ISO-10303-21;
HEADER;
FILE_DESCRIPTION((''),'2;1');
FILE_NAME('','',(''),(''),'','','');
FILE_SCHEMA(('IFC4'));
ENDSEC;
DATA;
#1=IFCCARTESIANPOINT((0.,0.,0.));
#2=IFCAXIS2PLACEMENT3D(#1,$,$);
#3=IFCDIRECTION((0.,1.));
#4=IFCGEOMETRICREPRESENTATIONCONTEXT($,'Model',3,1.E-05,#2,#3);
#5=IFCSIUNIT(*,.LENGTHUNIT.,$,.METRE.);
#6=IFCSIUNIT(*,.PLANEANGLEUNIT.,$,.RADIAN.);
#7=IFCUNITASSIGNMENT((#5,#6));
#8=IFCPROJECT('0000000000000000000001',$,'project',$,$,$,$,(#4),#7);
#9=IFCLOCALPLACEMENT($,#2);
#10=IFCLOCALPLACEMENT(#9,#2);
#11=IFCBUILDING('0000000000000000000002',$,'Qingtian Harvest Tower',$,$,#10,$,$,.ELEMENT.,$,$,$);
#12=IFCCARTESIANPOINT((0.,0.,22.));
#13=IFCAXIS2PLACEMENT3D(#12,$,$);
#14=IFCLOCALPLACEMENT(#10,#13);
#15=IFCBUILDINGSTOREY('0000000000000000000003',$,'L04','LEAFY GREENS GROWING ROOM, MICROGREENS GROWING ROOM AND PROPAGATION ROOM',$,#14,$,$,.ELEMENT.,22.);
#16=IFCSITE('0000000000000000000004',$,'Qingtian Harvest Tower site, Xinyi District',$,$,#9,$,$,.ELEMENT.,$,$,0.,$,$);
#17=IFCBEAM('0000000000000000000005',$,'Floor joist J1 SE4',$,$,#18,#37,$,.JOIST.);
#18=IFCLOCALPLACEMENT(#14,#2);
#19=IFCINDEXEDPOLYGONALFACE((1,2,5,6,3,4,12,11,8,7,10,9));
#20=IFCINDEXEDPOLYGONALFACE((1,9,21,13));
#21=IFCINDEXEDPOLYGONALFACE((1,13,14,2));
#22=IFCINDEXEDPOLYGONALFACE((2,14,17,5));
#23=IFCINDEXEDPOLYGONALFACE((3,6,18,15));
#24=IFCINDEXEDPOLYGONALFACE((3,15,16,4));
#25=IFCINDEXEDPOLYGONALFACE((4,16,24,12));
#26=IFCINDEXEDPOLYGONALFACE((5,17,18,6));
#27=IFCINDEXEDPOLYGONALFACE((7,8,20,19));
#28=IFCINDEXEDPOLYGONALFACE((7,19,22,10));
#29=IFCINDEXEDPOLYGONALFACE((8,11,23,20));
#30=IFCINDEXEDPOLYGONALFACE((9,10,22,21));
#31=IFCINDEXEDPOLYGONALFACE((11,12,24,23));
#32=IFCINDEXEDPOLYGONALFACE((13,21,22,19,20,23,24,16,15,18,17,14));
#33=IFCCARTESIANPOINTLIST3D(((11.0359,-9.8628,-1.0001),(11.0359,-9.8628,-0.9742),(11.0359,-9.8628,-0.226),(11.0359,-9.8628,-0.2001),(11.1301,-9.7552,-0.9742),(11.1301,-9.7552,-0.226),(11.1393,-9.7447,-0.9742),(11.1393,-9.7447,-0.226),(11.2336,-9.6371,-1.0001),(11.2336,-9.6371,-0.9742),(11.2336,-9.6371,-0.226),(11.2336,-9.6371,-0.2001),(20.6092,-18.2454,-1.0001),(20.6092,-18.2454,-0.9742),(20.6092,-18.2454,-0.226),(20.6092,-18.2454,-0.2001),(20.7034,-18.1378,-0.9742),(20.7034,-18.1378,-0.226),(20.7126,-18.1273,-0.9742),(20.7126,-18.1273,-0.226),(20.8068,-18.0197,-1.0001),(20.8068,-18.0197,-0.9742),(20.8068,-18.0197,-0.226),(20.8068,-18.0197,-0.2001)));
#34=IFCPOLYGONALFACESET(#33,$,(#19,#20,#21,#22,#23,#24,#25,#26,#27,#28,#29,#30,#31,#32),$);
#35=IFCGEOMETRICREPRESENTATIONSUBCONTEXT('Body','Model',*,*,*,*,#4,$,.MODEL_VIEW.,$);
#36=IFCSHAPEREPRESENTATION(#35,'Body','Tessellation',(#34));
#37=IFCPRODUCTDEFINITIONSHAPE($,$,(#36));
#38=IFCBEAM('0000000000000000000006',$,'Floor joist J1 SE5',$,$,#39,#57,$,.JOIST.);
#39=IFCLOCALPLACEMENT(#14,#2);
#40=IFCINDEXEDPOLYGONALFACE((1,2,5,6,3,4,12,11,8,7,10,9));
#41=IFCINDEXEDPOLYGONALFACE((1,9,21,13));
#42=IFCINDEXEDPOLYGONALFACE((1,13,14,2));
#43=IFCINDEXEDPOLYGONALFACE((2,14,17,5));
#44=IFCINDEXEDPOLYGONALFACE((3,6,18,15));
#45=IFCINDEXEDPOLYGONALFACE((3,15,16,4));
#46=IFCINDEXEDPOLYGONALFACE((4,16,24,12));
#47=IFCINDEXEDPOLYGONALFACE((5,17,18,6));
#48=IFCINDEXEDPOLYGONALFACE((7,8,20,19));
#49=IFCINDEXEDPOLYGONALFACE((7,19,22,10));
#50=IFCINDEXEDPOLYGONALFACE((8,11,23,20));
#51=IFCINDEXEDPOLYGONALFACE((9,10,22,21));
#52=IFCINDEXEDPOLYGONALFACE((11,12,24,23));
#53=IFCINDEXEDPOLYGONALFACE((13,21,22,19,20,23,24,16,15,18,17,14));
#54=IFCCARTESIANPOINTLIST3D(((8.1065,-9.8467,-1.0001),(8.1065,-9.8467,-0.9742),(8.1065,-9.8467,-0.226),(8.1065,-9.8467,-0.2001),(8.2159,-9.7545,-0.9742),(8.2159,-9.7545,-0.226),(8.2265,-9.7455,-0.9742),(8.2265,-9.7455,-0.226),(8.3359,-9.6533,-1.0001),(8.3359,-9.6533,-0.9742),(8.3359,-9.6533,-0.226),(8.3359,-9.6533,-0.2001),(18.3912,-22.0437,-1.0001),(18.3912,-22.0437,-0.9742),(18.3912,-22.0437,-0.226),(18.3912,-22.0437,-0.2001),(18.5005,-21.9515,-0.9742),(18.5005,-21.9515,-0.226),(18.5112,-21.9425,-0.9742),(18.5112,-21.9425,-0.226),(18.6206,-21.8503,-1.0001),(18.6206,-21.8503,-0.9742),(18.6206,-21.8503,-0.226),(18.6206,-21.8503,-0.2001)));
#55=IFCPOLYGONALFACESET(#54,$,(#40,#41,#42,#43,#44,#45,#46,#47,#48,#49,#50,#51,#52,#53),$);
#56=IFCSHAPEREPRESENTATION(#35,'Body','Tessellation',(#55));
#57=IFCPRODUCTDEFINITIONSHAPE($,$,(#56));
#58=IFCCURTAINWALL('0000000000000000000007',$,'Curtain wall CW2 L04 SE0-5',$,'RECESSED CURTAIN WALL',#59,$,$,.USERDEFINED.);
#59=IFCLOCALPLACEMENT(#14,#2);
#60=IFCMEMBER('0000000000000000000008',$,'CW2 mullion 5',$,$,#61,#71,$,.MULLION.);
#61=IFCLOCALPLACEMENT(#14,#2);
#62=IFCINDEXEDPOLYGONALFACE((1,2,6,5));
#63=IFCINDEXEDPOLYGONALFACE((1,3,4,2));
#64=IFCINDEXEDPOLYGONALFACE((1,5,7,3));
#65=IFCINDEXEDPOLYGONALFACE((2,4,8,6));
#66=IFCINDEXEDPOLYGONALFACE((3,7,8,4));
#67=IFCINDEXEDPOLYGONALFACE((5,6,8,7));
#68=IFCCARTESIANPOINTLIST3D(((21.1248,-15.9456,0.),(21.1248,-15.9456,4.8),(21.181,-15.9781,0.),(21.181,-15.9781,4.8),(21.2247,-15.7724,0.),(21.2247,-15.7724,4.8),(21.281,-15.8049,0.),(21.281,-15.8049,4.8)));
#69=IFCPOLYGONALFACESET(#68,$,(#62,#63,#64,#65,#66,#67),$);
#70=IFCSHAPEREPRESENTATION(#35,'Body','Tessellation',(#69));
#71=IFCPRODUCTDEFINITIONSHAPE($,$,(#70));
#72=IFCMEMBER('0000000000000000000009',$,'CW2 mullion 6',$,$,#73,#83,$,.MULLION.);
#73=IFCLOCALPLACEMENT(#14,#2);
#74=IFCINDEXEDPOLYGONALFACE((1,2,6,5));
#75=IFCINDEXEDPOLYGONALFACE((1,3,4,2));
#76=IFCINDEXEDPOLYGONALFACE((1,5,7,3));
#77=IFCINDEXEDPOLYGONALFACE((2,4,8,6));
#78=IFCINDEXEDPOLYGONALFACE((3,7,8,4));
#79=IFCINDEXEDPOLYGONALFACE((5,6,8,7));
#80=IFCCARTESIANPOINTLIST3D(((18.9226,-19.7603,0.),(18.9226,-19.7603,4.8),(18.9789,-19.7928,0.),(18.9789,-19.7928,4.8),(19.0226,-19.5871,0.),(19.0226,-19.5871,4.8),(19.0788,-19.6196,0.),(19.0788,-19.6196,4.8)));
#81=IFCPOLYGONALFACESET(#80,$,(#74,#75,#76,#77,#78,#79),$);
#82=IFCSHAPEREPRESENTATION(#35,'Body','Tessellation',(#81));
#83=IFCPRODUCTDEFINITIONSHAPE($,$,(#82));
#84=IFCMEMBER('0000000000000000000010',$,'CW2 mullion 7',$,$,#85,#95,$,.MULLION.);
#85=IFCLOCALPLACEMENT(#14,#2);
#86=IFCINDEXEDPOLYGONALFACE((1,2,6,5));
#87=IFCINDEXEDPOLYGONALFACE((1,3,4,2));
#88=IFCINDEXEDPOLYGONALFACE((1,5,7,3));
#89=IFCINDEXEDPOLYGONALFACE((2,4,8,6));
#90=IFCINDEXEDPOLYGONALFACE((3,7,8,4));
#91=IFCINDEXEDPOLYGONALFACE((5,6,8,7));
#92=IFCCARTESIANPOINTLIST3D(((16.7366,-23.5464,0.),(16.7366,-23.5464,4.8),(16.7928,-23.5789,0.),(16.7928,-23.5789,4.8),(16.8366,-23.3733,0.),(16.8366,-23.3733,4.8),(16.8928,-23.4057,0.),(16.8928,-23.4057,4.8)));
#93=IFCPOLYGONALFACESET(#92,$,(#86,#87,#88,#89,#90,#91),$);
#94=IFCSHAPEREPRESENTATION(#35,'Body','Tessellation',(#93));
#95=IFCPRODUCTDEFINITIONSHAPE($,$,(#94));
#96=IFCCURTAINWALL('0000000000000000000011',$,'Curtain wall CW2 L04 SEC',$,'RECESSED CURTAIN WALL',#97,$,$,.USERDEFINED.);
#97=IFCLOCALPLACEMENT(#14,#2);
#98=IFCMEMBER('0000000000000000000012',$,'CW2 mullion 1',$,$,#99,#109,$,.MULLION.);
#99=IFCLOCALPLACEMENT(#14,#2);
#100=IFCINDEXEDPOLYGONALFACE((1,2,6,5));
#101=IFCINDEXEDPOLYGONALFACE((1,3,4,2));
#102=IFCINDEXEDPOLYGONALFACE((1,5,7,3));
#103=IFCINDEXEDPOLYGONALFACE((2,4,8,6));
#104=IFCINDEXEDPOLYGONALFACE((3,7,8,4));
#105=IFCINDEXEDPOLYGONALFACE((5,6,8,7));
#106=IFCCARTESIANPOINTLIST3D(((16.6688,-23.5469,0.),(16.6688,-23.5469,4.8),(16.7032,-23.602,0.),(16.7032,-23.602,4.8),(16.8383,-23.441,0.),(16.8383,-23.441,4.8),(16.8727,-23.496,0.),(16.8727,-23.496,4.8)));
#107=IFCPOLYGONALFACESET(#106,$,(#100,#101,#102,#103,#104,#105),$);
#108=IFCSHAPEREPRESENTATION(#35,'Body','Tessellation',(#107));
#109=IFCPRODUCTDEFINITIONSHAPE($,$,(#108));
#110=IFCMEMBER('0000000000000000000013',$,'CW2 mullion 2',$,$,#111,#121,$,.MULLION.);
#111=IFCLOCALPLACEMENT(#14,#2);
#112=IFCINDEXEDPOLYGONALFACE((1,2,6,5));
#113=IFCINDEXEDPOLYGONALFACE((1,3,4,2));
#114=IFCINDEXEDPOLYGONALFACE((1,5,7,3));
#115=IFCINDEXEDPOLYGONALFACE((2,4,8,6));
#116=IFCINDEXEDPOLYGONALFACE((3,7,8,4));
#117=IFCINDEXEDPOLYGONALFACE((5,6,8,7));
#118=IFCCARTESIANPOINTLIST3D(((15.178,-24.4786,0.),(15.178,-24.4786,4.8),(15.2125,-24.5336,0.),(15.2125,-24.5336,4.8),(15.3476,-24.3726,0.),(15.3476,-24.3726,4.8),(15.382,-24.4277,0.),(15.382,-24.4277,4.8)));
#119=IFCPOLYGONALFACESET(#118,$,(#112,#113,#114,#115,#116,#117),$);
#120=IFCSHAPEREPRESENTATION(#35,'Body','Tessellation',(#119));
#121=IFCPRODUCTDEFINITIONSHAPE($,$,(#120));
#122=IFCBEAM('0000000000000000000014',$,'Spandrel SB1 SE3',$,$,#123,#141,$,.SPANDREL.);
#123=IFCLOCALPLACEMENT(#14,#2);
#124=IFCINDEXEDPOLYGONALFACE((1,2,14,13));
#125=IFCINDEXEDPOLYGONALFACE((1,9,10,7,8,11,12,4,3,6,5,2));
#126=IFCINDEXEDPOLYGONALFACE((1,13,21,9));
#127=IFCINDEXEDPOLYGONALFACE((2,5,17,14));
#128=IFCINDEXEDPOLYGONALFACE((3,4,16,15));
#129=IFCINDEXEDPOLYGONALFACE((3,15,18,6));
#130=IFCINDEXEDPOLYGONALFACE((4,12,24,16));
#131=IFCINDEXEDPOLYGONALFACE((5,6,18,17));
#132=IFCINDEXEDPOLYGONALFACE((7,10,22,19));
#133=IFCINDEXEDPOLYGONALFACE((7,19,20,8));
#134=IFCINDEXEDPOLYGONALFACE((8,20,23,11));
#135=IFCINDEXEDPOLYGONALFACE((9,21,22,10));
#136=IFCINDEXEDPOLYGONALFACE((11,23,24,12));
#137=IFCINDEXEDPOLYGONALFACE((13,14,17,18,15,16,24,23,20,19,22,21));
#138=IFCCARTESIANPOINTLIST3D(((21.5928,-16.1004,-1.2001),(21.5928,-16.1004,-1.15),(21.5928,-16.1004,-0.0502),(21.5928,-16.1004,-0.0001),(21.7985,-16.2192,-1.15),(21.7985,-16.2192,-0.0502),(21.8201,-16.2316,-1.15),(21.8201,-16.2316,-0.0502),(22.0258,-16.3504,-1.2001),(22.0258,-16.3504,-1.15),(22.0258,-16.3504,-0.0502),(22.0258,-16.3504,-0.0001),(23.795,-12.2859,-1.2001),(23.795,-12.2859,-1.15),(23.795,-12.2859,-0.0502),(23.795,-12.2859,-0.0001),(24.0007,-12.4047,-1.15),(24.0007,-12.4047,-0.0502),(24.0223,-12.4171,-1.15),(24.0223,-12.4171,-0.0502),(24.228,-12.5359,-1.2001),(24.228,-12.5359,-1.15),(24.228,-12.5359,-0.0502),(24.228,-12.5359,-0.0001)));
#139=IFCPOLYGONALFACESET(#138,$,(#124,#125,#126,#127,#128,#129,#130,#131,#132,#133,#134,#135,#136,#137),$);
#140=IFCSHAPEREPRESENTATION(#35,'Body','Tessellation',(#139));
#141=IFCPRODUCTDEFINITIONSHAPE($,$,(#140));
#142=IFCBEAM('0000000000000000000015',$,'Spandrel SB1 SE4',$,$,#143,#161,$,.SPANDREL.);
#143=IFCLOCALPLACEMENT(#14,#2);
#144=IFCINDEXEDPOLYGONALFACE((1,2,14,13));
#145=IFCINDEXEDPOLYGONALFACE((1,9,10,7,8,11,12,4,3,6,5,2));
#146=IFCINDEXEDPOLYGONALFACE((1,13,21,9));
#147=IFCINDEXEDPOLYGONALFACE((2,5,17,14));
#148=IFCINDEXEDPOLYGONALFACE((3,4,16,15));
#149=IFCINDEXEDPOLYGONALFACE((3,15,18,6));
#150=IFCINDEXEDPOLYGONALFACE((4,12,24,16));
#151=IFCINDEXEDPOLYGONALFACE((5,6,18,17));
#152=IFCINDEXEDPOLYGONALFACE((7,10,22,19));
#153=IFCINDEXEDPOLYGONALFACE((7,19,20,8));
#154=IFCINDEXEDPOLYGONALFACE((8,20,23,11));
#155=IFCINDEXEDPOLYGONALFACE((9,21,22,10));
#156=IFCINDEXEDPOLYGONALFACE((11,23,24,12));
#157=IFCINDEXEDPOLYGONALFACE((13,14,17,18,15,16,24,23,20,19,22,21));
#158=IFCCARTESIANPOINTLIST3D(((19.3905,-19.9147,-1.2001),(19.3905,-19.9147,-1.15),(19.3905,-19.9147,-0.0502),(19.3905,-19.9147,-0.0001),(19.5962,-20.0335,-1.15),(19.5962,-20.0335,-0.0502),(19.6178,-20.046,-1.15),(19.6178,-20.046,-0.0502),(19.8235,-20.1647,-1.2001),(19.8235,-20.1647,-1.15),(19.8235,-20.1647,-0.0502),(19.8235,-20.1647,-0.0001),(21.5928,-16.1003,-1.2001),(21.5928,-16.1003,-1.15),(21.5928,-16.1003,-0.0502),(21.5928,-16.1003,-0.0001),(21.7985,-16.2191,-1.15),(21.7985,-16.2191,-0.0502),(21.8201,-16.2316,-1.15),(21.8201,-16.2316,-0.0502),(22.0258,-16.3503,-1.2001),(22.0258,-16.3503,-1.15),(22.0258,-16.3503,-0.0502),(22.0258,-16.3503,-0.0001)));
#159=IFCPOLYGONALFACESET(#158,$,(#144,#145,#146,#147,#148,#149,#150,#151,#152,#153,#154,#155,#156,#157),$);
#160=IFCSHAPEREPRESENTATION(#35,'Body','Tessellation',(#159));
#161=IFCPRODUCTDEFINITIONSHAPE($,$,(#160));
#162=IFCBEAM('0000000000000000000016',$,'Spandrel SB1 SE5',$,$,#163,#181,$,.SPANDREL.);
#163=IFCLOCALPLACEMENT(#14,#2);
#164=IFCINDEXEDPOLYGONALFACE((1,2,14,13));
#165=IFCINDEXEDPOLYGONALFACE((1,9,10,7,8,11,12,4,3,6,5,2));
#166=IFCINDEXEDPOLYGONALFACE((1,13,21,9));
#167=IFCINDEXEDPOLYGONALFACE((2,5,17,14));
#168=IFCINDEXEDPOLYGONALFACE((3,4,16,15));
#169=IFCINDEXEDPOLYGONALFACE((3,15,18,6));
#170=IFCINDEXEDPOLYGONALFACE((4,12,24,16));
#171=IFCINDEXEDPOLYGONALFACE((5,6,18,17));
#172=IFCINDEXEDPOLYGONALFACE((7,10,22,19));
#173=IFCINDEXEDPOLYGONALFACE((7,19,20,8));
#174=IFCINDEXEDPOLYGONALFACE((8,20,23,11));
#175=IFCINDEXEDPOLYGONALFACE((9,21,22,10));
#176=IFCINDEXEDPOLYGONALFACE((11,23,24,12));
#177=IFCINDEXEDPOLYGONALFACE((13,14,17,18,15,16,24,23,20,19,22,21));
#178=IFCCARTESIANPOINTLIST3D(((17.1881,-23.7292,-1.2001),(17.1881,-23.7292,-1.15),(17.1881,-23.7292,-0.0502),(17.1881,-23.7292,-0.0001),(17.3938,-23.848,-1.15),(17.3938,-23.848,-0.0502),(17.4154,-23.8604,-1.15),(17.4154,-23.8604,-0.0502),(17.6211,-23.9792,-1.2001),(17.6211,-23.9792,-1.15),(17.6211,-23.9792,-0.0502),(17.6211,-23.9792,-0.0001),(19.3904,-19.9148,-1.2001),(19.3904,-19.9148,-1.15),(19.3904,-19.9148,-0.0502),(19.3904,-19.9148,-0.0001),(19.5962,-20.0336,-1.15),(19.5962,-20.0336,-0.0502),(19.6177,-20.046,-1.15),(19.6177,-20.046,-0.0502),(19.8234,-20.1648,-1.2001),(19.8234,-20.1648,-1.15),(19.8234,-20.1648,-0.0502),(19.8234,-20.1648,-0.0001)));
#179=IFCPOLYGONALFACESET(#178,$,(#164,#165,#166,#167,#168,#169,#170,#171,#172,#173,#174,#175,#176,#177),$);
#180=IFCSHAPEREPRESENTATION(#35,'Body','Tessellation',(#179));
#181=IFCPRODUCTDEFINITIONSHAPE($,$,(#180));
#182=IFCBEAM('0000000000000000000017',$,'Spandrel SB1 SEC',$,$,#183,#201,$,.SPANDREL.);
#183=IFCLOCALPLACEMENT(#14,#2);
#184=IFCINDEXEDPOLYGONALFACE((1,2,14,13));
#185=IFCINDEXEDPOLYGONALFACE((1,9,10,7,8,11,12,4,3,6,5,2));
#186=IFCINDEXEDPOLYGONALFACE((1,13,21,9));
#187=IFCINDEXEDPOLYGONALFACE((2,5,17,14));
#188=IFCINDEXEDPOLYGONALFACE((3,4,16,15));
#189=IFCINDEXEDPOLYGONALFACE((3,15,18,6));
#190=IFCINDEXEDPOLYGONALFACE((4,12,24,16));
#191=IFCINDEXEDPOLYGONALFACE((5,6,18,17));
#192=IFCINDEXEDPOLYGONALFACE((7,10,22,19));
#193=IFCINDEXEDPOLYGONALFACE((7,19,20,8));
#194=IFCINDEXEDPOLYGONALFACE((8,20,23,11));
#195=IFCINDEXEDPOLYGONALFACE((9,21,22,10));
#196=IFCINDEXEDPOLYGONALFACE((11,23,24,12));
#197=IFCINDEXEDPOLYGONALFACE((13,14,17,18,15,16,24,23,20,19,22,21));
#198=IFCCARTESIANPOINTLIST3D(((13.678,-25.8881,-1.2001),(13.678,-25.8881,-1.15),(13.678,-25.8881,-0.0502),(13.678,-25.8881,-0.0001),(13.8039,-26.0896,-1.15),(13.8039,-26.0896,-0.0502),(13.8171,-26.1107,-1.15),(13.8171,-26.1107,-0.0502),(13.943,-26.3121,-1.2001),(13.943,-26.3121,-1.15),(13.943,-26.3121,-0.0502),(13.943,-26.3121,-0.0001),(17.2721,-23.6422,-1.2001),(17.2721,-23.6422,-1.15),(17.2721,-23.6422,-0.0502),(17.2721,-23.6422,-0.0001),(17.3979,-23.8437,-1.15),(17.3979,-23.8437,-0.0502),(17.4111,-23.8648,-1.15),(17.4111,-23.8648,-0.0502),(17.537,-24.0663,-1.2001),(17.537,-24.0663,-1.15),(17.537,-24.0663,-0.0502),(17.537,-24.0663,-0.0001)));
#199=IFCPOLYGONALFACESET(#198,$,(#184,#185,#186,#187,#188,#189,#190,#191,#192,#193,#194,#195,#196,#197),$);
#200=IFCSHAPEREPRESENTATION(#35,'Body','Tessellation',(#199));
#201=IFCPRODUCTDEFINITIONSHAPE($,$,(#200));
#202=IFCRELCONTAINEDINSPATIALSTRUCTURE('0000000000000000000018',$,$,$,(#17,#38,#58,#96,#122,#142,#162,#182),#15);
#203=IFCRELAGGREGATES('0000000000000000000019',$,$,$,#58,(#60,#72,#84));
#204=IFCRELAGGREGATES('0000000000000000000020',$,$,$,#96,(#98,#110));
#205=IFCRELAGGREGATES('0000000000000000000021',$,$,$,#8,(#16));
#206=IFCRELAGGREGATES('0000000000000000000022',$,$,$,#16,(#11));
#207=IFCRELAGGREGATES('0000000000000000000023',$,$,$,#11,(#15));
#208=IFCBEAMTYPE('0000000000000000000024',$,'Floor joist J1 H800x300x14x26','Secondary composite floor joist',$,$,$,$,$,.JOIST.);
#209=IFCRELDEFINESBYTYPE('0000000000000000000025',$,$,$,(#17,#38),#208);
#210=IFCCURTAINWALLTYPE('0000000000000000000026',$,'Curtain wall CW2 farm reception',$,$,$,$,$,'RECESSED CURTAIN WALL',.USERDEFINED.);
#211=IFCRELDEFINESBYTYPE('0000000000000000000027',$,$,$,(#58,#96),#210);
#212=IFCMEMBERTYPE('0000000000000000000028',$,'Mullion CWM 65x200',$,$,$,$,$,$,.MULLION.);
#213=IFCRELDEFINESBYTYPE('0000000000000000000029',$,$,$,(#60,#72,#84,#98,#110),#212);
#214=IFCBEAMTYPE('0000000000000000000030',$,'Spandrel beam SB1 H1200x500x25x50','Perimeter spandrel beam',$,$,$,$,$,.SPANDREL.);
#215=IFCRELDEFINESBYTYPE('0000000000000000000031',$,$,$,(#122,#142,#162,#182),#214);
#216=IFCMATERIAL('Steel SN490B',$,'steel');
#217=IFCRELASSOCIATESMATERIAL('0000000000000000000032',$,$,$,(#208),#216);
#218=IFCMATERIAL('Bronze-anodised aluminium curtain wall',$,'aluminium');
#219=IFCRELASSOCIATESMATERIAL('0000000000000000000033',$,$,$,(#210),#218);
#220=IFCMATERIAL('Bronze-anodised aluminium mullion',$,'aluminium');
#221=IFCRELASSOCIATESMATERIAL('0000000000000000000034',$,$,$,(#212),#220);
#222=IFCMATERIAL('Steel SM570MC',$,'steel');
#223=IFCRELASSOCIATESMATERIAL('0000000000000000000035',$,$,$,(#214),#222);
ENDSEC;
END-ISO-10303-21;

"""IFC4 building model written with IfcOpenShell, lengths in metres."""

from ifc_helpers import new_model, si_unit, direction, frame, origin, origin_2d, place, context, subcontext, project, spatial, rectangle, i_section, extrude, material, material_profile, profile_set, type_object, element, aggregate, save


model = new_model("IFC4")

# Units and contexts
model_context = context("Model", 3, precision=1e-05, world=origin(), true_north=direction((0.0, 1.0)))
body_context = subcontext(model_context, "Body", "Model", "MODEL_VIEW")
ifc_project = project(units=[si_unit("LENGTHUNIT", "METRE"), si_unit("PLANEANGLEUNIT", "RADIAN")], contexts=[model_context])

# Site, building, storey
site_placement = place(None, origin())
site = spatial("IfcSite", under=ifc_project, at=site_placement, Name="Qingtian Harvest Tower site, Xinyi District", CompositionType="ELEMENT", RefElevation=0.0)
building_placement = place(site_placement, origin())
building = spatial("IfcBuilding", under=site, at=building_placement, Name="Qingtian Harvest Tower", CompositionType="ELEMENT")
storey_placement = place(building_placement, frame((0.0, 0.0, 22.0)))
storey = spatial("IfcBuildingStorey", under=building, at=storey_placement, Name="L04", Description="LEAFY GREENS GROWING ROOM, MICROGREENS GROWING ROOM AND PROPAGATION ROOM", CompositionType="ELEMENT", Elevation=22.0)

# Beams
ifc_material_1 = material(Name="Steel SN490B", Category="steel")
ifc_material_profile_1 = material_profile(ifc_material_1, i_section(OverallWidth=0.3, OverallDepth=0.8, WebThickness=0.0139, FlangeThickness=0.0259, at=origin_2d()), Name="H800x300x14x26")
ifc_profile_set_1 = profile_set([ifc_material_profile_1], Name="Steel SN490B")
beam_type_1 = type_object("IfcBeamType", Name="Floor joist J1 H800x300x14x26", Description="Secondary composite floor joist", PredefinedType="JOIST", material=ifc_profile_set_1)
beam_1_placement = place(storey_placement, frame((20.708, -18.1326, -0.6001), z_axis=(-0.752344, 0.658771, 0.0), x_axis=(-0.658771, -0.752344, 0.0)))
element("IfcBeam", 1, at=beam_1_placement, inside=storey, type_object=beam_type_1, Name="Floor joist J1 SE4", PredefinedType="JOIST", context=body_context, shape_type="SweptSolid", body=[
    extrude(i_section(OverallWidth=0.3, OverallDepth=0.8, WebThickness=0.0139, FlangeThickness=0.0259, at=origin_2d()), origin(), (0.0, 0.0, 1.0), 12.7246),
])
beam_2_placement = place(storey_placement, frame((18.5059, -21.947, -0.6001), z_axis=(-0.64463, 0.764494, 0.0), x_axis=(-0.764494, -0.64463, 0.0)))
element("IfcBeam", 2, at=beam_2_placement, inside=storey, type_object=beam_type_1, Name="Floor joist J1 SE5", PredefinedType="JOIST", context=body_context, shape_type="SweptSolid", body=[
    extrude(i_section(OverallWidth=0.3, OverallDepth=0.8, WebThickness=0.0139, FlangeThickness=0.0259, at=origin_2d()), origin(), (0.0, 0.0, 1.0), 15.9543),
])

# Curtain walls, members
ifc_material_2 = material(Name="Bronze-anodised aluminium curtain wall", Category="aluminium")
curtain_wall_type = type_object("IfcCurtainWallType", Name="Curtain wall CW2 farm reception", ElementType="RECESSED CURTAIN WALL", PredefinedType="USERDEFINED", material=ifc_material_2)
curtain_wall_1_placement = place(storey_placement, origin())
curtain_wall_1 = element("IfcCurtainWall", 3, at=curtain_wall_1_placement, inside=storey, type_object=curtain_wall_type, Name="Curtain wall CW2 L04 SE0-5", ObjectType="RECESSED CURTAIN WALL", PredefinedType="USERDEFINED")
ifc_material_3 = material(Name="Bronze-anodised aluminium mullion", Category="aluminium")
ifc_material_profile_2 = material_profile(ifc_material_3, rectangle(XDim=0.0649, YDim=0.2, at=origin_2d()), Name="AL 65x200")
ifc_profile_set_2 = profile_set([ifc_material_profile_2], Name="Bronze-anodised aluminium mullion")
member_type_1 = type_object("IfcMemberType", Name="Mullion CWM 65x200", PredefinedType="MULLION", material=ifc_profile_set_2)
member_1_placement = place(storey_placement, frame((21.2029, -15.8752, 0.0), z_axis=(0.0, 0.0, 1.0), x_axis=(0.866025, -0.5, 0.0)))
member_1 = element("IfcMember", 4, at=member_1_placement, type_object=member_type_1, Name="CW2 mullion 5", PredefinedType="MULLION", context=body_context, shape_type="SweptSolid", body=[
    extrude(rectangle(XDim=0.0649, YDim=0.2, at=origin_2d()), origin(), (0.0, 0.0, 1.0), 4.8),
])
member_2_placement = place(storey_placement, frame((19.0007, -19.6899, 0.0), z_axis=(0.0, 0.0, 1.0), x_axis=(0.866025, -0.5, 0.0)))
member_2 = element("IfcMember", 5, at=member_2_placement, type_object=member_type_1, Name="CW2 mullion 6", PredefinedType="MULLION", context=body_context, shape_type="SweptSolid", body=[
    extrude(rectangle(XDim=0.0649, YDim=0.2, at=origin_2d()), origin(), (0.0, 0.0, 1.0), 4.8),
])
member_3_placement = place(storey_placement, frame((16.8147, -23.4761, 0.0), z_axis=(0.0, 0.0, 1.0), x_axis=(0.866025, -0.5, 0.0)))
member_3 = element("IfcMember", 6, at=member_3_placement, type_object=member_type_1, Name="CW2 mullion 7", PredefinedType="MULLION", context=body_context, shape_type="SweptSolid", body=[
    extrude(rectangle(XDim=0.0649, YDim=0.2, at=origin_2d()), origin(), (0.0, 0.0, 1.0), 4.8),
])
curtain_wall_2_placement = place(storey_placement, origin())
curtain_wall_2 = element("IfcCurtainWall", 7, at=curtain_wall_2_placement, inside=storey, type_object=curtain_wall_type, Name="Curtain wall CW2 L04 SEC", ObjectType="RECESSED CURTAIN WALL", PredefinedType="USERDEFINED")
member_4_placement = place(storey_placement, frame((16.7708, -23.5215, 0.0), z_axis=(0.0, 0.0, 1.0), x_axis=(0.529919, -0.848048, 0.0)))
member_4 = element("IfcMember", 8, at=member_4_placement, type_object=member_type_1, Name="CW2 mullion 1", PredefinedType="MULLION", context=body_context, shape_type="SweptSolid", body=[
    extrude(rectangle(XDim=0.0649, YDim=0.2, at=origin_2d()), origin(), (0.0, 0.0, 1.0), 4.8),
])
member_5_placement = place(storey_placement, frame((15.28, -24.4531, 0.0), z_axis=(0.0, 0.0, 1.0), x_axis=(0.529919, -0.848048, 0.0)))
member_5 = element("IfcMember", 9, at=member_5_placement, type_object=member_type_1, Name="CW2 mullion 2", PredefinedType="MULLION", context=body_context, shape_type="SweptSolid", body=[
    extrude(rectangle(XDim=0.0649, YDim=0.2, at=origin_2d()), origin(), (0.0, 0.0, 1.0), 4.8),
])

# Beams
ifc_material_4 = material(Name="Steel SM570MC", Category="steel")
ifc_material_profile_3 = material_profile(ifc_material_4, i_section(OverallWidth=0.5, OverallDepth=1.2, WebThickness=0.0249, FlangeThickness=0.05, at=origin_2d()), Name="H1200x500x25x50")
ifc_profile_set_3 = profile_set([ifc_material_profile_3], Name="Steel SM570MC")
beam_type_2 = type_object("IfcBeamType", Name="Spandrel beam SB1 H1200x500x25x50", Description="Perimeter spandrel beam", PredefinedType="SPANDREL", material=ifc_profile_set_3)
for number, where, z_axis, x_axis, name in (
    (10, (24.0115, -12.4109, -0.6001), (-0.499978, -0.866038, 0.0), (0.866038, -0.499978, 0.0), "Spandrel SB1 SE3"),
    (11, (21.8093, -16.2253, -0.6001), (-0.50002, -0.866014, 0.0), (0.866014, -0.50002, 0.0), "Spandrel SB1 SE4"),
    (12, (19.6069, -20.0398, -0.6001), (-0.50002, -0.866014, 0.0), (0.866014, -0.50002, 0.0), "Spandrel SB1 SE5"),
):
    element("IfcBeam", number, at=place(storey_placement, frame(where, z_axis=z_axis, x_axis=x_axis)), inside=storey, type_object=beam_type_2, Name=name, PredefinedType="SPANDREL", context=body_context, shape_type="SweptSolid", body=[
        extrude(i_section(OverallWidth=0.5, OverallDepth=1.2, WebThickness=0.0249, FlangeThickness=0.05, at=origin_2d()), origin(), (0.0, 0.0, 1.0), 4.4045),
    ])
beam_3_placement = place(storey_placement, frame((17.4045, -23.8542, -0.6001), z_axis=(-0.84804, -0.529932, 0.0), x_axis=(0.529932, -0.84804, 0.0)))
element("IfcBeam", 13, at=beam_3_placement, inside=storey, type_object=beam_type_2, Name="Spandrel SB1 SEC", PredefinedType="SPANDREL", context=body_context, shape_type="SweptSolid", body=[
    extrude(i_section(OverallWidth=0.5, OverallDepth=1.2, WebThickness=0.0249, FlangeThickness=0.05, at=origin_2d()), origin(), (0.0, 0.0, 1.0), 4.238),
])

aggregate(curtain_wall_1, [member_1, member_2, member_3])
aggregate(curtain_wall_2, [member_4, member_5])

save(model, "model.ifc")
